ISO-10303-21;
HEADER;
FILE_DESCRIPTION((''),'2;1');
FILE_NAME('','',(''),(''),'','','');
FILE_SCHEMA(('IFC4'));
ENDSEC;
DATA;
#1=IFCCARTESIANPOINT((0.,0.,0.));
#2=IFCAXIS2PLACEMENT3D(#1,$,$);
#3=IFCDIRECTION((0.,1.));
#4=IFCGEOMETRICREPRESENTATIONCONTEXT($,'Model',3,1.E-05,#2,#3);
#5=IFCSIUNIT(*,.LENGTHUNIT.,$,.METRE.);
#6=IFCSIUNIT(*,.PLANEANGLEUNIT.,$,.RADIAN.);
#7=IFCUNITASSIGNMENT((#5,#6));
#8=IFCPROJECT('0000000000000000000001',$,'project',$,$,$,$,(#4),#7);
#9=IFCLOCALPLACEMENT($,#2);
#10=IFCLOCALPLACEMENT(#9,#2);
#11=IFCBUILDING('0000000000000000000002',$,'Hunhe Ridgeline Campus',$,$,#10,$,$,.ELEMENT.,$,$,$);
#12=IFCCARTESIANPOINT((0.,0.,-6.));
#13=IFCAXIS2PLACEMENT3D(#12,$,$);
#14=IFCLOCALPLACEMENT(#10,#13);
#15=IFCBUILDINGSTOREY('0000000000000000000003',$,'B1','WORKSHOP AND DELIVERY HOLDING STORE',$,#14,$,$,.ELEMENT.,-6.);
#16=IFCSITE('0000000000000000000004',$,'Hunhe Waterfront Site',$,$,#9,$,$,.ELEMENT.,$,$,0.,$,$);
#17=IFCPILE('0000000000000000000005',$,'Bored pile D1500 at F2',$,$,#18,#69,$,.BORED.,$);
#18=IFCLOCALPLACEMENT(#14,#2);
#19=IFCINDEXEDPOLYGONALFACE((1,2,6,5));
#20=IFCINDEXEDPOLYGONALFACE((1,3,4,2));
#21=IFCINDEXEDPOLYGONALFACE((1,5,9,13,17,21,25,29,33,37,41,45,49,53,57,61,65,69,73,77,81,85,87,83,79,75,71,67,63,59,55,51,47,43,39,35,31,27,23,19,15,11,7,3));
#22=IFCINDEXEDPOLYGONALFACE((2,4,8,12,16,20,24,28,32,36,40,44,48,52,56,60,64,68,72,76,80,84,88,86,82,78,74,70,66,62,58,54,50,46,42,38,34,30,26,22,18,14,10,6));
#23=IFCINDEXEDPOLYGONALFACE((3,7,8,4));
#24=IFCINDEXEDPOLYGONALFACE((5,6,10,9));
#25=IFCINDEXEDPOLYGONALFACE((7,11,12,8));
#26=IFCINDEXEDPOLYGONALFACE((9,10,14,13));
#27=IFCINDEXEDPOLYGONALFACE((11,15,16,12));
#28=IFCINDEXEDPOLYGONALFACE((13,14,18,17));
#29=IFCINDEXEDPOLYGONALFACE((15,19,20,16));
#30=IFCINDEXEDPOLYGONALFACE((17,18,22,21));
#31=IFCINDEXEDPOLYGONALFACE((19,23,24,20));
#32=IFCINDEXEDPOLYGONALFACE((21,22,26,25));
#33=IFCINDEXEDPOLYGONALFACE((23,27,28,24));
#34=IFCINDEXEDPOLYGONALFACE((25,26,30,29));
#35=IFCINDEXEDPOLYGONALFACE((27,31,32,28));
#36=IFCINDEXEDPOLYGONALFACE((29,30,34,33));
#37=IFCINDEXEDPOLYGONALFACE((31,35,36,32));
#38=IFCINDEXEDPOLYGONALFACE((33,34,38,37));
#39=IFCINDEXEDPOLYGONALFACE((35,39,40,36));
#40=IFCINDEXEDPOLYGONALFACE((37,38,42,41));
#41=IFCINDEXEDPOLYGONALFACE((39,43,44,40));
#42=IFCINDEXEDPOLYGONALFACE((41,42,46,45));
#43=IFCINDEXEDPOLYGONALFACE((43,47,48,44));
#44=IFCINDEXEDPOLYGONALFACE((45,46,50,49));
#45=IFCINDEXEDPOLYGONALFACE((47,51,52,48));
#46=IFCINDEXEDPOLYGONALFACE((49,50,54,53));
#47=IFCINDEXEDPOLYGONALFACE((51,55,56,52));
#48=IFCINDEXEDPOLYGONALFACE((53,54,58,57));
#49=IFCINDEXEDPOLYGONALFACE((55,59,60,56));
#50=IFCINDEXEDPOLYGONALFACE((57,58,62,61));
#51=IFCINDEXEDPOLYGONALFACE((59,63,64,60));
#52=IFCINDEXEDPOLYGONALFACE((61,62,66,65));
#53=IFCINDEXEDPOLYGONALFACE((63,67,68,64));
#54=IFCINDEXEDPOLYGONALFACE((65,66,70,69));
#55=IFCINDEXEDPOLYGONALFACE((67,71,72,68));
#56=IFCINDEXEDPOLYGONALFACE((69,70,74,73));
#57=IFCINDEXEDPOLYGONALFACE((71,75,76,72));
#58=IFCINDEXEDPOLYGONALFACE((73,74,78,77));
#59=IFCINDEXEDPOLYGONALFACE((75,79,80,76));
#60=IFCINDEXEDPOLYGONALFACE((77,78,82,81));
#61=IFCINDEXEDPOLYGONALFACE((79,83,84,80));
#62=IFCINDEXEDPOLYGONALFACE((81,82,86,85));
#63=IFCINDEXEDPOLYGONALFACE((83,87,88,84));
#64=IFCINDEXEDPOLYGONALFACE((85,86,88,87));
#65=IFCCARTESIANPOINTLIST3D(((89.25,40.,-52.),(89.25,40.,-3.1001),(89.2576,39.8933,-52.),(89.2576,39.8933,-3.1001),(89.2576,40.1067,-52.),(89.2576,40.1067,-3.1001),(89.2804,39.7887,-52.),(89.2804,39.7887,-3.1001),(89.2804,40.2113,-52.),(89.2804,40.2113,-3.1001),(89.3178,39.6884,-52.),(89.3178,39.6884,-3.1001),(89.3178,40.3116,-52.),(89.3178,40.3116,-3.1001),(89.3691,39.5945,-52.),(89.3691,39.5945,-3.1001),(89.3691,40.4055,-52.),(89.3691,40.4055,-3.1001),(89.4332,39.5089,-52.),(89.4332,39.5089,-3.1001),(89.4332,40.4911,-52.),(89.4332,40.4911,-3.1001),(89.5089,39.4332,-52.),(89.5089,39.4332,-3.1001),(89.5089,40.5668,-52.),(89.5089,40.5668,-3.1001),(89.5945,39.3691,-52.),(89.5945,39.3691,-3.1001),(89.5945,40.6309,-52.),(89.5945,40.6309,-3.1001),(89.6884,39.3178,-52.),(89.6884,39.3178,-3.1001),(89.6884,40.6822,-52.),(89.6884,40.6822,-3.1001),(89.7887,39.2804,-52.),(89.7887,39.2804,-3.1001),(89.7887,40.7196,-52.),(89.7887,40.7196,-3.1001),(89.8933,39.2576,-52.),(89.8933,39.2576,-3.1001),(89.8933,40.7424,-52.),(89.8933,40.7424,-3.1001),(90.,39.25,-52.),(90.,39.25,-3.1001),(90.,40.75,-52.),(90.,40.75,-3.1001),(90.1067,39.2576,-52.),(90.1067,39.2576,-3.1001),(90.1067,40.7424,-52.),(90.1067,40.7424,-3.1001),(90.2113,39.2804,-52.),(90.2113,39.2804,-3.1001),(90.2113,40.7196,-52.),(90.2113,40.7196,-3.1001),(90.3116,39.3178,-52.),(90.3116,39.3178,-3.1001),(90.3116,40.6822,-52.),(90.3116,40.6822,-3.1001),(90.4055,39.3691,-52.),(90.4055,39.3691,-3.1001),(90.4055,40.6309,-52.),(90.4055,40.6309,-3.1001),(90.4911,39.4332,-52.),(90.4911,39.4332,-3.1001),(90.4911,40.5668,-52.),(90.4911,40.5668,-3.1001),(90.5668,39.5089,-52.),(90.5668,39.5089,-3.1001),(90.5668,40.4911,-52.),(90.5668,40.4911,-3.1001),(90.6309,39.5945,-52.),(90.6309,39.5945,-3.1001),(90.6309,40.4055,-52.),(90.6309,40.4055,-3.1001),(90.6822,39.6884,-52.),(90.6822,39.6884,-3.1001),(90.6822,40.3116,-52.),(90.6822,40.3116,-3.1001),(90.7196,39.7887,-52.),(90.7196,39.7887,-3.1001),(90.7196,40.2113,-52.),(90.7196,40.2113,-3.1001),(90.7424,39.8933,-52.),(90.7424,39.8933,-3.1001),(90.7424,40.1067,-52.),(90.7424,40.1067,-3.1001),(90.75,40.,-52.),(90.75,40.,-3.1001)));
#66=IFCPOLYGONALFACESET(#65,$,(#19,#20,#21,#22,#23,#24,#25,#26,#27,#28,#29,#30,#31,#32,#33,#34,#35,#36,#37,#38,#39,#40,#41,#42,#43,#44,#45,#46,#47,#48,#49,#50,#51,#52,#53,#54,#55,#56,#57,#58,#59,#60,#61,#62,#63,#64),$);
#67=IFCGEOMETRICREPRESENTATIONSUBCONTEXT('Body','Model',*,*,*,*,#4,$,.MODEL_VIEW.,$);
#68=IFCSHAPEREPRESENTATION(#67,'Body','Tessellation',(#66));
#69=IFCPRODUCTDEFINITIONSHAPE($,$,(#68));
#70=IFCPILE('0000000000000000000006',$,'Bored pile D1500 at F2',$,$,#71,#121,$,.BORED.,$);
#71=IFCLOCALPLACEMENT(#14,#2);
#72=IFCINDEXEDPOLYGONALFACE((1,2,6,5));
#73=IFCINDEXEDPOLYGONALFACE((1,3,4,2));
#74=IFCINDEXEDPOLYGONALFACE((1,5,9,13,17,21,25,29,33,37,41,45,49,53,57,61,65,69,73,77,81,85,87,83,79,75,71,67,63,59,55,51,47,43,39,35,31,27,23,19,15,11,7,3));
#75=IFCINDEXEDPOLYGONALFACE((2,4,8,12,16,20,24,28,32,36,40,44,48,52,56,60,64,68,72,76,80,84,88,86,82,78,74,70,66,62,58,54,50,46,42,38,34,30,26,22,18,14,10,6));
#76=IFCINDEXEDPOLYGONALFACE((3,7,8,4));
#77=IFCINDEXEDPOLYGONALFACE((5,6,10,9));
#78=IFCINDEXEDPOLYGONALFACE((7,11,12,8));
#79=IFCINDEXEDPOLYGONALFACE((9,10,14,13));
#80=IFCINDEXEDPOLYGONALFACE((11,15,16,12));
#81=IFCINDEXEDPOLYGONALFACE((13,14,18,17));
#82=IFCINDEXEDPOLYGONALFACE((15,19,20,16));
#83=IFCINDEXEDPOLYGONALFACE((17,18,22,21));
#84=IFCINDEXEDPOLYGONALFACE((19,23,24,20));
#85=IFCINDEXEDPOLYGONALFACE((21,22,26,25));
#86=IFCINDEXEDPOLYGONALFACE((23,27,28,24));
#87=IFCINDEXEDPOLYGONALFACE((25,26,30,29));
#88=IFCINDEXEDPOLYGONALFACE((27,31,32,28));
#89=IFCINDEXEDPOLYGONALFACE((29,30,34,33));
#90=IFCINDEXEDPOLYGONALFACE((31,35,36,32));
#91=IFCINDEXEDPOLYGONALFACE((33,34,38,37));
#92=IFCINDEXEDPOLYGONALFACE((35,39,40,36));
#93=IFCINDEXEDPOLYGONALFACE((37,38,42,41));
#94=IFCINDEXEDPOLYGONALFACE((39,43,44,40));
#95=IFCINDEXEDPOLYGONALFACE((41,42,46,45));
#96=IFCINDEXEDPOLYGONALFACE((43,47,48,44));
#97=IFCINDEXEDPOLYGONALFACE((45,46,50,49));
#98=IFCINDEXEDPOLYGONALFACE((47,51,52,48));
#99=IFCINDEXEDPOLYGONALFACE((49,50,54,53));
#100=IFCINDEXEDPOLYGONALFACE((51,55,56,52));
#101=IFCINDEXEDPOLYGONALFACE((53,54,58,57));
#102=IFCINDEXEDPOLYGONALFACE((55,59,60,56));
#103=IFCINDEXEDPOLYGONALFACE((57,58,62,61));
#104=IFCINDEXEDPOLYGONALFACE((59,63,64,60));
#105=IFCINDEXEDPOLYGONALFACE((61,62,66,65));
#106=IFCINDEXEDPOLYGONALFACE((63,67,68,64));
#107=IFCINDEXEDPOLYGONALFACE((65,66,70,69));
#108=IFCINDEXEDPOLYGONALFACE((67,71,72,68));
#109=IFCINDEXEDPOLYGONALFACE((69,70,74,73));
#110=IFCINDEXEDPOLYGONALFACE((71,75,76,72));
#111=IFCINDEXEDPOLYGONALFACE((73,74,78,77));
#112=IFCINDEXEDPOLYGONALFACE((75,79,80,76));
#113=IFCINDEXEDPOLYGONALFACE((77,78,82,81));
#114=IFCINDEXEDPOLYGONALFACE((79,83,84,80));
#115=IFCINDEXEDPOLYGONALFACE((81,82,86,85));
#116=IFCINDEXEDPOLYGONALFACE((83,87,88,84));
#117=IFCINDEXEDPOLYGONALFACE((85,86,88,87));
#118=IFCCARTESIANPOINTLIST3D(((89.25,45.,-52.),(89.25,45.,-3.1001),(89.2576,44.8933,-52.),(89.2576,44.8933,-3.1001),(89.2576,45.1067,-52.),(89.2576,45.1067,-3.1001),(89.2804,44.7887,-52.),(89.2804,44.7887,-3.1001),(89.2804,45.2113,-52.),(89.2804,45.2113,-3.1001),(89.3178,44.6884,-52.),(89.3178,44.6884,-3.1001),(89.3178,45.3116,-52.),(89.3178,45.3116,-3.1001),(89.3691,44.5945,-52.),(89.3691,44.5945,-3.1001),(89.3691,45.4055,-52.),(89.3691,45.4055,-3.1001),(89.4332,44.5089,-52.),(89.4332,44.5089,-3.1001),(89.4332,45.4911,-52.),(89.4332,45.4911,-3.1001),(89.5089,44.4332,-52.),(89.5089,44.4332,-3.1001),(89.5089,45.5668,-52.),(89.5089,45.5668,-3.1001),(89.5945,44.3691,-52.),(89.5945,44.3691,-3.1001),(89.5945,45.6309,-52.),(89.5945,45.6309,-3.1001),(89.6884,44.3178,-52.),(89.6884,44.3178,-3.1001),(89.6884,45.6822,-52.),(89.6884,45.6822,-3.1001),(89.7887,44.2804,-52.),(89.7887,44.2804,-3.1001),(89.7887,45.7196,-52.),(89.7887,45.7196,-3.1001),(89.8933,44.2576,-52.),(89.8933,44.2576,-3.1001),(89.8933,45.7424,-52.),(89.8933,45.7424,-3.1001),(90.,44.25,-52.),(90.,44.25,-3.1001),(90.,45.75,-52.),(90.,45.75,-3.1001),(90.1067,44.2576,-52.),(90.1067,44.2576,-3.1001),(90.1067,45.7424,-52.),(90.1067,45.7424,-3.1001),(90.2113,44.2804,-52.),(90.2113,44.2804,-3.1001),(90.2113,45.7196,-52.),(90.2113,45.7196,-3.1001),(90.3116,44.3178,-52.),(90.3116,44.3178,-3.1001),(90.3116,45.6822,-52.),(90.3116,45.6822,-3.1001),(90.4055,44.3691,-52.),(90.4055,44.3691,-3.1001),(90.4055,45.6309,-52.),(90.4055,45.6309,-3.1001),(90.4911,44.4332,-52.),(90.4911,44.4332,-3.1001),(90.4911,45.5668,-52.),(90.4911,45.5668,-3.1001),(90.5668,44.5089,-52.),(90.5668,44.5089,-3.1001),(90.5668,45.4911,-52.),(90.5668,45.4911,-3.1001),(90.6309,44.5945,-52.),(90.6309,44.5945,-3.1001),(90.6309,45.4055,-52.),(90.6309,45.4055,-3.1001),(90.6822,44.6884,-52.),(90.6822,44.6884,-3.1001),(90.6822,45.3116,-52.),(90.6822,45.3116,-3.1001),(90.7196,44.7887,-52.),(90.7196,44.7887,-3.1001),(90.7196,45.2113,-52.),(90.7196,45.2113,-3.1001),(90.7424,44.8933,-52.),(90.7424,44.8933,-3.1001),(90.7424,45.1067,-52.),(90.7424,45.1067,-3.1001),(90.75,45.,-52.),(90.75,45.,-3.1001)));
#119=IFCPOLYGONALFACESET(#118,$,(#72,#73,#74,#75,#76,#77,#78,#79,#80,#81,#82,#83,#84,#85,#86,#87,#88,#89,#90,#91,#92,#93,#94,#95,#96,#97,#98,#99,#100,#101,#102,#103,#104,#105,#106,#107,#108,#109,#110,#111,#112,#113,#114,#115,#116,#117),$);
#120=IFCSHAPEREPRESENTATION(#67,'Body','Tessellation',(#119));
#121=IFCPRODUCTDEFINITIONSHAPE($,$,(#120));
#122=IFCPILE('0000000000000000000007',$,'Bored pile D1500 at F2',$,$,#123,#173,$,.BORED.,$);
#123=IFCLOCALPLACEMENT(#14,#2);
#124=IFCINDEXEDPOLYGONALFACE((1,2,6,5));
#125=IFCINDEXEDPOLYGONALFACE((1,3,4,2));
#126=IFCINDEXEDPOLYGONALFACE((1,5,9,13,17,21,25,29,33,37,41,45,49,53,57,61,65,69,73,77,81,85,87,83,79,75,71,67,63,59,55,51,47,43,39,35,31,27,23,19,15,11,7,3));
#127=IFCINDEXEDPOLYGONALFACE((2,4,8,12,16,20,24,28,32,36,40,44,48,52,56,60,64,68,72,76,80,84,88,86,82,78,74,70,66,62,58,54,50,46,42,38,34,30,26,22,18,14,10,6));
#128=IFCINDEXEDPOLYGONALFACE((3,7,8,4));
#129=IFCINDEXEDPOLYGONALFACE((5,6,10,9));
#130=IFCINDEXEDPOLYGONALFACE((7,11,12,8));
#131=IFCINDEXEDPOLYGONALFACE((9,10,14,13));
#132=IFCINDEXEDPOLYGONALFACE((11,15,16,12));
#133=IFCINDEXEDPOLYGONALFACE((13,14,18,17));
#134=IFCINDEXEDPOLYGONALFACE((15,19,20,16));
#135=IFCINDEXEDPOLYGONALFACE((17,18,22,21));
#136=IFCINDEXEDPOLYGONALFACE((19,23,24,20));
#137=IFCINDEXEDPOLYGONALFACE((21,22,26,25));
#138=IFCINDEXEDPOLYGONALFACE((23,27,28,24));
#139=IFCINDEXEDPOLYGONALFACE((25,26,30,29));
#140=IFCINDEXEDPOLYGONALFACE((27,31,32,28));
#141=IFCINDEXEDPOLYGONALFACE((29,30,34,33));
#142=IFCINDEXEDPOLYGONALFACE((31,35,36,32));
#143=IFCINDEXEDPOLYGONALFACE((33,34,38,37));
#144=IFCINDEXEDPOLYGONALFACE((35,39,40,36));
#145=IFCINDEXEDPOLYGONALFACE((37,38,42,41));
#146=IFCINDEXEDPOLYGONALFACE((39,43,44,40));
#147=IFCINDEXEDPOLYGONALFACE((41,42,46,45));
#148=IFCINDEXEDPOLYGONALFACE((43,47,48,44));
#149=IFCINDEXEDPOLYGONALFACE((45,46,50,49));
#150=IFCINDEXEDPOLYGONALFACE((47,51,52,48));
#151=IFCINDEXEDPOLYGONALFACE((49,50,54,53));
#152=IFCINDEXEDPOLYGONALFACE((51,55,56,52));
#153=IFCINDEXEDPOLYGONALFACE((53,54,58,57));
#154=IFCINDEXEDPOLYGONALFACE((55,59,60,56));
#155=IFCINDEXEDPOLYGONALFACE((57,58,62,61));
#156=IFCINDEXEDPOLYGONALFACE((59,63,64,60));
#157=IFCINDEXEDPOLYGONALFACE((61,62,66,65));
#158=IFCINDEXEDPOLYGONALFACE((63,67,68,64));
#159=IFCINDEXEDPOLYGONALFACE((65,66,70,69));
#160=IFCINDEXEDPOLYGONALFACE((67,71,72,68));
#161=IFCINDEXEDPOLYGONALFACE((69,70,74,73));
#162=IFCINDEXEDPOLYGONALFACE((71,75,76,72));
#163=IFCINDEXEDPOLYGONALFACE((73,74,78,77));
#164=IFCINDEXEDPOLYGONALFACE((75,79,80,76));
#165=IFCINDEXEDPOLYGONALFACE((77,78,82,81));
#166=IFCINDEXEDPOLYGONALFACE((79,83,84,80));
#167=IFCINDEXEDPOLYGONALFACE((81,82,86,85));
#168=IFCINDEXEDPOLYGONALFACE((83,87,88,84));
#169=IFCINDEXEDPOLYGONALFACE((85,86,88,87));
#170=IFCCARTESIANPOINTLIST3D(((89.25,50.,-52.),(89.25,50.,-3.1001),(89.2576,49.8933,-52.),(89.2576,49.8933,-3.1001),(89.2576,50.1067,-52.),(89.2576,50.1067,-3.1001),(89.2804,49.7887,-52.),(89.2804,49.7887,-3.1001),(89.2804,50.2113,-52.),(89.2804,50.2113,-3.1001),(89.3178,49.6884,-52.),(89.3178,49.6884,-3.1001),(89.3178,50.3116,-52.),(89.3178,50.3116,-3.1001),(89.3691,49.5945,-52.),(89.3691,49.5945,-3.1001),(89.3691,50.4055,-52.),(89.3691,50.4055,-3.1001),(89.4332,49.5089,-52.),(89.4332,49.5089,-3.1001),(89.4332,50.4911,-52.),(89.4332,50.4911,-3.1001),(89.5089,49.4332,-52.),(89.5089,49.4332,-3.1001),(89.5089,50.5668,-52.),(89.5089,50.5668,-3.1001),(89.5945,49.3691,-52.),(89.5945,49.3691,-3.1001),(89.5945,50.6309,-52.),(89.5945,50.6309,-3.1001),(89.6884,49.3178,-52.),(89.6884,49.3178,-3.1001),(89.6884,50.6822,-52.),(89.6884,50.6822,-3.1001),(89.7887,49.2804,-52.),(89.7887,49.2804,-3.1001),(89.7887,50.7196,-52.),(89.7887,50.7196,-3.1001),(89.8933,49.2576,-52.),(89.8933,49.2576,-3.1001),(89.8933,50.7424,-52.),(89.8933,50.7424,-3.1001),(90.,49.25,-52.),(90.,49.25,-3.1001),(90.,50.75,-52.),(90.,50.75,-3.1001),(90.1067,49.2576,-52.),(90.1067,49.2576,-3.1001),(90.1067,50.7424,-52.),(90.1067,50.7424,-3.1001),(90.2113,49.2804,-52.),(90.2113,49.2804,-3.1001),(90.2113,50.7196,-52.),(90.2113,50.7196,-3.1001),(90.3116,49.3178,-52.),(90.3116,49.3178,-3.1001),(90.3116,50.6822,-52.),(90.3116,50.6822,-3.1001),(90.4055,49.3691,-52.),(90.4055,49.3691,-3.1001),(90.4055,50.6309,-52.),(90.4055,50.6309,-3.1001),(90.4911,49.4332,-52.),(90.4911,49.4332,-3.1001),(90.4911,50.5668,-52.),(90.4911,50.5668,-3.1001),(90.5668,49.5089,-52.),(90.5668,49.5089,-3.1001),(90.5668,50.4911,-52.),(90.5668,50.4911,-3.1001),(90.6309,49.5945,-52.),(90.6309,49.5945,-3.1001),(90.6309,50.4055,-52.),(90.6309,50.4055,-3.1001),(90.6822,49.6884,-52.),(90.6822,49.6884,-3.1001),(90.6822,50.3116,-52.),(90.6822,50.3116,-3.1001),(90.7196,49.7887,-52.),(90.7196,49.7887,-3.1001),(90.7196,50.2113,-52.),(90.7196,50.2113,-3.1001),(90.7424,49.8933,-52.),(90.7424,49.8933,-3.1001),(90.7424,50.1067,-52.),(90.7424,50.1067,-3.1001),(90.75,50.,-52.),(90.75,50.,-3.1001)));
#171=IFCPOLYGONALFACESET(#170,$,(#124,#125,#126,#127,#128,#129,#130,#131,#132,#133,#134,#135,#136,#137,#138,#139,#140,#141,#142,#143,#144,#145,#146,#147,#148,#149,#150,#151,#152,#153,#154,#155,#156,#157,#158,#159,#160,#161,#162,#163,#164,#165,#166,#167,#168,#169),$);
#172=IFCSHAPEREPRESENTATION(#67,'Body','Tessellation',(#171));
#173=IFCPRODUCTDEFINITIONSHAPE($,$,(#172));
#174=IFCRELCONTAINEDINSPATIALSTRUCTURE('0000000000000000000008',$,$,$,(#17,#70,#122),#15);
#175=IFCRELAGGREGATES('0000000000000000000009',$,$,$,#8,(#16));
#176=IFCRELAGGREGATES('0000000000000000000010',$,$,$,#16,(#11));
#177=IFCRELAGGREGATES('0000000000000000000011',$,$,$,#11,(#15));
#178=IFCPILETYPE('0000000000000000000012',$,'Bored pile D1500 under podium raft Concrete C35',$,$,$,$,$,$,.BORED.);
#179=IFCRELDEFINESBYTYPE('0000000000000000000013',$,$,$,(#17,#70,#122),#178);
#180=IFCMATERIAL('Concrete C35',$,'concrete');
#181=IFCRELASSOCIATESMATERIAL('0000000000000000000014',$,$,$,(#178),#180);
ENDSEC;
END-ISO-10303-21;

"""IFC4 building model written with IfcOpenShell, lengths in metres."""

from ifc_helpers import new_model, si_unit, direction, frame, origin, origin_2d, place, context, subcontext, project, spatial, circle, extrude, material, material_profile, profile_set, type_object, element, save


model = new_model("IFC4")

# Units and contexts
model_context = context("Model", 3, precision=1e-05, world=origin(), true_north=direction((0.0, 1.0)))
body_context = subcontext(model_context, "Body", "Model", "MODEL_VIEW")
ifc_project = project(units=[si_unit("LENGTHUNIT", "METRE"), si_unit("PLANEANGLEUNIT", "RADIAN")], contexts=[model_context])

# Site, building, storey
site_placement = place(None, origin())
site = spatial("IfcSite", under=ifc_project, at=site_placement, Name="Hunhe Waterfront Site", CompositionType="ELEMENT", RefElevation=0.0)
building_placement = place(site_placement, origin())
building = spatial("IfcBuilding", under=site, at=building_placement, Name="Hunhe Ridgeline Campus", CompositionType="ELEMENT")
storey_placement = place(building_placement, frame((0.0, 0.0, -6.0)))
storey = spatial("IfcBuildingStorey", under=building, at=storey_placement, Name="B1", Description="WORKSHOP AND DELIVERY HOLDING STORE", CompositionType="ELEMENT", Elevation=-6.0)

# Piles
ifc_material_1 = material(Name="Concrete C35", Category="concrete")
ifc_material_profile_1 = material_profile(ifc_material_1, circle(Radius=0.75, at=origin_2d()))
ifc_profile_set_1 = profile_set([ifc_material_profile_1], Name="Concrete C35")
pile_type_1 = type_object("IfcPileType", Name="Bored pile D1500 under podium raft Concrete C35", PredefinedType="BORED", material=ifc_profile_set_1)
for number, where, z_axis, x_axis, name in (
    (1, (90.0, 40.0, -3.1001), (0.0, 0.0, -1.0), (1.0, 0.0, 0.0), "Bored pile D1500 at F2"),
    (2, (90.0, 45.0, -3.1001), (0.0, 0.0, -1.0), (1.0, 0.0, 0.0), "Bored pile D1500 at F2"),
    (3, (90.0, 50.0, -3.1001), (0.0, 0.0, -1.0), (1.0, 0.0, 0.0), "Bored pile D1500 at F2"),
):
    element("IfcPile", number, at=place(storey_placement, frame(where, z_axis=z_axis, x_axis=x_axis)), inside=storey, type_object=pile_type_1, Name=name, PredefinedType="BORED", context=body_context, shape_type="SweptSolid", body=[
        extrude(circle(Radius=0.75, at=origin_2d()), origin(), (0.0, 0.0, 1.0), 48.8999),
    ])

save(model, "model.ifc")
